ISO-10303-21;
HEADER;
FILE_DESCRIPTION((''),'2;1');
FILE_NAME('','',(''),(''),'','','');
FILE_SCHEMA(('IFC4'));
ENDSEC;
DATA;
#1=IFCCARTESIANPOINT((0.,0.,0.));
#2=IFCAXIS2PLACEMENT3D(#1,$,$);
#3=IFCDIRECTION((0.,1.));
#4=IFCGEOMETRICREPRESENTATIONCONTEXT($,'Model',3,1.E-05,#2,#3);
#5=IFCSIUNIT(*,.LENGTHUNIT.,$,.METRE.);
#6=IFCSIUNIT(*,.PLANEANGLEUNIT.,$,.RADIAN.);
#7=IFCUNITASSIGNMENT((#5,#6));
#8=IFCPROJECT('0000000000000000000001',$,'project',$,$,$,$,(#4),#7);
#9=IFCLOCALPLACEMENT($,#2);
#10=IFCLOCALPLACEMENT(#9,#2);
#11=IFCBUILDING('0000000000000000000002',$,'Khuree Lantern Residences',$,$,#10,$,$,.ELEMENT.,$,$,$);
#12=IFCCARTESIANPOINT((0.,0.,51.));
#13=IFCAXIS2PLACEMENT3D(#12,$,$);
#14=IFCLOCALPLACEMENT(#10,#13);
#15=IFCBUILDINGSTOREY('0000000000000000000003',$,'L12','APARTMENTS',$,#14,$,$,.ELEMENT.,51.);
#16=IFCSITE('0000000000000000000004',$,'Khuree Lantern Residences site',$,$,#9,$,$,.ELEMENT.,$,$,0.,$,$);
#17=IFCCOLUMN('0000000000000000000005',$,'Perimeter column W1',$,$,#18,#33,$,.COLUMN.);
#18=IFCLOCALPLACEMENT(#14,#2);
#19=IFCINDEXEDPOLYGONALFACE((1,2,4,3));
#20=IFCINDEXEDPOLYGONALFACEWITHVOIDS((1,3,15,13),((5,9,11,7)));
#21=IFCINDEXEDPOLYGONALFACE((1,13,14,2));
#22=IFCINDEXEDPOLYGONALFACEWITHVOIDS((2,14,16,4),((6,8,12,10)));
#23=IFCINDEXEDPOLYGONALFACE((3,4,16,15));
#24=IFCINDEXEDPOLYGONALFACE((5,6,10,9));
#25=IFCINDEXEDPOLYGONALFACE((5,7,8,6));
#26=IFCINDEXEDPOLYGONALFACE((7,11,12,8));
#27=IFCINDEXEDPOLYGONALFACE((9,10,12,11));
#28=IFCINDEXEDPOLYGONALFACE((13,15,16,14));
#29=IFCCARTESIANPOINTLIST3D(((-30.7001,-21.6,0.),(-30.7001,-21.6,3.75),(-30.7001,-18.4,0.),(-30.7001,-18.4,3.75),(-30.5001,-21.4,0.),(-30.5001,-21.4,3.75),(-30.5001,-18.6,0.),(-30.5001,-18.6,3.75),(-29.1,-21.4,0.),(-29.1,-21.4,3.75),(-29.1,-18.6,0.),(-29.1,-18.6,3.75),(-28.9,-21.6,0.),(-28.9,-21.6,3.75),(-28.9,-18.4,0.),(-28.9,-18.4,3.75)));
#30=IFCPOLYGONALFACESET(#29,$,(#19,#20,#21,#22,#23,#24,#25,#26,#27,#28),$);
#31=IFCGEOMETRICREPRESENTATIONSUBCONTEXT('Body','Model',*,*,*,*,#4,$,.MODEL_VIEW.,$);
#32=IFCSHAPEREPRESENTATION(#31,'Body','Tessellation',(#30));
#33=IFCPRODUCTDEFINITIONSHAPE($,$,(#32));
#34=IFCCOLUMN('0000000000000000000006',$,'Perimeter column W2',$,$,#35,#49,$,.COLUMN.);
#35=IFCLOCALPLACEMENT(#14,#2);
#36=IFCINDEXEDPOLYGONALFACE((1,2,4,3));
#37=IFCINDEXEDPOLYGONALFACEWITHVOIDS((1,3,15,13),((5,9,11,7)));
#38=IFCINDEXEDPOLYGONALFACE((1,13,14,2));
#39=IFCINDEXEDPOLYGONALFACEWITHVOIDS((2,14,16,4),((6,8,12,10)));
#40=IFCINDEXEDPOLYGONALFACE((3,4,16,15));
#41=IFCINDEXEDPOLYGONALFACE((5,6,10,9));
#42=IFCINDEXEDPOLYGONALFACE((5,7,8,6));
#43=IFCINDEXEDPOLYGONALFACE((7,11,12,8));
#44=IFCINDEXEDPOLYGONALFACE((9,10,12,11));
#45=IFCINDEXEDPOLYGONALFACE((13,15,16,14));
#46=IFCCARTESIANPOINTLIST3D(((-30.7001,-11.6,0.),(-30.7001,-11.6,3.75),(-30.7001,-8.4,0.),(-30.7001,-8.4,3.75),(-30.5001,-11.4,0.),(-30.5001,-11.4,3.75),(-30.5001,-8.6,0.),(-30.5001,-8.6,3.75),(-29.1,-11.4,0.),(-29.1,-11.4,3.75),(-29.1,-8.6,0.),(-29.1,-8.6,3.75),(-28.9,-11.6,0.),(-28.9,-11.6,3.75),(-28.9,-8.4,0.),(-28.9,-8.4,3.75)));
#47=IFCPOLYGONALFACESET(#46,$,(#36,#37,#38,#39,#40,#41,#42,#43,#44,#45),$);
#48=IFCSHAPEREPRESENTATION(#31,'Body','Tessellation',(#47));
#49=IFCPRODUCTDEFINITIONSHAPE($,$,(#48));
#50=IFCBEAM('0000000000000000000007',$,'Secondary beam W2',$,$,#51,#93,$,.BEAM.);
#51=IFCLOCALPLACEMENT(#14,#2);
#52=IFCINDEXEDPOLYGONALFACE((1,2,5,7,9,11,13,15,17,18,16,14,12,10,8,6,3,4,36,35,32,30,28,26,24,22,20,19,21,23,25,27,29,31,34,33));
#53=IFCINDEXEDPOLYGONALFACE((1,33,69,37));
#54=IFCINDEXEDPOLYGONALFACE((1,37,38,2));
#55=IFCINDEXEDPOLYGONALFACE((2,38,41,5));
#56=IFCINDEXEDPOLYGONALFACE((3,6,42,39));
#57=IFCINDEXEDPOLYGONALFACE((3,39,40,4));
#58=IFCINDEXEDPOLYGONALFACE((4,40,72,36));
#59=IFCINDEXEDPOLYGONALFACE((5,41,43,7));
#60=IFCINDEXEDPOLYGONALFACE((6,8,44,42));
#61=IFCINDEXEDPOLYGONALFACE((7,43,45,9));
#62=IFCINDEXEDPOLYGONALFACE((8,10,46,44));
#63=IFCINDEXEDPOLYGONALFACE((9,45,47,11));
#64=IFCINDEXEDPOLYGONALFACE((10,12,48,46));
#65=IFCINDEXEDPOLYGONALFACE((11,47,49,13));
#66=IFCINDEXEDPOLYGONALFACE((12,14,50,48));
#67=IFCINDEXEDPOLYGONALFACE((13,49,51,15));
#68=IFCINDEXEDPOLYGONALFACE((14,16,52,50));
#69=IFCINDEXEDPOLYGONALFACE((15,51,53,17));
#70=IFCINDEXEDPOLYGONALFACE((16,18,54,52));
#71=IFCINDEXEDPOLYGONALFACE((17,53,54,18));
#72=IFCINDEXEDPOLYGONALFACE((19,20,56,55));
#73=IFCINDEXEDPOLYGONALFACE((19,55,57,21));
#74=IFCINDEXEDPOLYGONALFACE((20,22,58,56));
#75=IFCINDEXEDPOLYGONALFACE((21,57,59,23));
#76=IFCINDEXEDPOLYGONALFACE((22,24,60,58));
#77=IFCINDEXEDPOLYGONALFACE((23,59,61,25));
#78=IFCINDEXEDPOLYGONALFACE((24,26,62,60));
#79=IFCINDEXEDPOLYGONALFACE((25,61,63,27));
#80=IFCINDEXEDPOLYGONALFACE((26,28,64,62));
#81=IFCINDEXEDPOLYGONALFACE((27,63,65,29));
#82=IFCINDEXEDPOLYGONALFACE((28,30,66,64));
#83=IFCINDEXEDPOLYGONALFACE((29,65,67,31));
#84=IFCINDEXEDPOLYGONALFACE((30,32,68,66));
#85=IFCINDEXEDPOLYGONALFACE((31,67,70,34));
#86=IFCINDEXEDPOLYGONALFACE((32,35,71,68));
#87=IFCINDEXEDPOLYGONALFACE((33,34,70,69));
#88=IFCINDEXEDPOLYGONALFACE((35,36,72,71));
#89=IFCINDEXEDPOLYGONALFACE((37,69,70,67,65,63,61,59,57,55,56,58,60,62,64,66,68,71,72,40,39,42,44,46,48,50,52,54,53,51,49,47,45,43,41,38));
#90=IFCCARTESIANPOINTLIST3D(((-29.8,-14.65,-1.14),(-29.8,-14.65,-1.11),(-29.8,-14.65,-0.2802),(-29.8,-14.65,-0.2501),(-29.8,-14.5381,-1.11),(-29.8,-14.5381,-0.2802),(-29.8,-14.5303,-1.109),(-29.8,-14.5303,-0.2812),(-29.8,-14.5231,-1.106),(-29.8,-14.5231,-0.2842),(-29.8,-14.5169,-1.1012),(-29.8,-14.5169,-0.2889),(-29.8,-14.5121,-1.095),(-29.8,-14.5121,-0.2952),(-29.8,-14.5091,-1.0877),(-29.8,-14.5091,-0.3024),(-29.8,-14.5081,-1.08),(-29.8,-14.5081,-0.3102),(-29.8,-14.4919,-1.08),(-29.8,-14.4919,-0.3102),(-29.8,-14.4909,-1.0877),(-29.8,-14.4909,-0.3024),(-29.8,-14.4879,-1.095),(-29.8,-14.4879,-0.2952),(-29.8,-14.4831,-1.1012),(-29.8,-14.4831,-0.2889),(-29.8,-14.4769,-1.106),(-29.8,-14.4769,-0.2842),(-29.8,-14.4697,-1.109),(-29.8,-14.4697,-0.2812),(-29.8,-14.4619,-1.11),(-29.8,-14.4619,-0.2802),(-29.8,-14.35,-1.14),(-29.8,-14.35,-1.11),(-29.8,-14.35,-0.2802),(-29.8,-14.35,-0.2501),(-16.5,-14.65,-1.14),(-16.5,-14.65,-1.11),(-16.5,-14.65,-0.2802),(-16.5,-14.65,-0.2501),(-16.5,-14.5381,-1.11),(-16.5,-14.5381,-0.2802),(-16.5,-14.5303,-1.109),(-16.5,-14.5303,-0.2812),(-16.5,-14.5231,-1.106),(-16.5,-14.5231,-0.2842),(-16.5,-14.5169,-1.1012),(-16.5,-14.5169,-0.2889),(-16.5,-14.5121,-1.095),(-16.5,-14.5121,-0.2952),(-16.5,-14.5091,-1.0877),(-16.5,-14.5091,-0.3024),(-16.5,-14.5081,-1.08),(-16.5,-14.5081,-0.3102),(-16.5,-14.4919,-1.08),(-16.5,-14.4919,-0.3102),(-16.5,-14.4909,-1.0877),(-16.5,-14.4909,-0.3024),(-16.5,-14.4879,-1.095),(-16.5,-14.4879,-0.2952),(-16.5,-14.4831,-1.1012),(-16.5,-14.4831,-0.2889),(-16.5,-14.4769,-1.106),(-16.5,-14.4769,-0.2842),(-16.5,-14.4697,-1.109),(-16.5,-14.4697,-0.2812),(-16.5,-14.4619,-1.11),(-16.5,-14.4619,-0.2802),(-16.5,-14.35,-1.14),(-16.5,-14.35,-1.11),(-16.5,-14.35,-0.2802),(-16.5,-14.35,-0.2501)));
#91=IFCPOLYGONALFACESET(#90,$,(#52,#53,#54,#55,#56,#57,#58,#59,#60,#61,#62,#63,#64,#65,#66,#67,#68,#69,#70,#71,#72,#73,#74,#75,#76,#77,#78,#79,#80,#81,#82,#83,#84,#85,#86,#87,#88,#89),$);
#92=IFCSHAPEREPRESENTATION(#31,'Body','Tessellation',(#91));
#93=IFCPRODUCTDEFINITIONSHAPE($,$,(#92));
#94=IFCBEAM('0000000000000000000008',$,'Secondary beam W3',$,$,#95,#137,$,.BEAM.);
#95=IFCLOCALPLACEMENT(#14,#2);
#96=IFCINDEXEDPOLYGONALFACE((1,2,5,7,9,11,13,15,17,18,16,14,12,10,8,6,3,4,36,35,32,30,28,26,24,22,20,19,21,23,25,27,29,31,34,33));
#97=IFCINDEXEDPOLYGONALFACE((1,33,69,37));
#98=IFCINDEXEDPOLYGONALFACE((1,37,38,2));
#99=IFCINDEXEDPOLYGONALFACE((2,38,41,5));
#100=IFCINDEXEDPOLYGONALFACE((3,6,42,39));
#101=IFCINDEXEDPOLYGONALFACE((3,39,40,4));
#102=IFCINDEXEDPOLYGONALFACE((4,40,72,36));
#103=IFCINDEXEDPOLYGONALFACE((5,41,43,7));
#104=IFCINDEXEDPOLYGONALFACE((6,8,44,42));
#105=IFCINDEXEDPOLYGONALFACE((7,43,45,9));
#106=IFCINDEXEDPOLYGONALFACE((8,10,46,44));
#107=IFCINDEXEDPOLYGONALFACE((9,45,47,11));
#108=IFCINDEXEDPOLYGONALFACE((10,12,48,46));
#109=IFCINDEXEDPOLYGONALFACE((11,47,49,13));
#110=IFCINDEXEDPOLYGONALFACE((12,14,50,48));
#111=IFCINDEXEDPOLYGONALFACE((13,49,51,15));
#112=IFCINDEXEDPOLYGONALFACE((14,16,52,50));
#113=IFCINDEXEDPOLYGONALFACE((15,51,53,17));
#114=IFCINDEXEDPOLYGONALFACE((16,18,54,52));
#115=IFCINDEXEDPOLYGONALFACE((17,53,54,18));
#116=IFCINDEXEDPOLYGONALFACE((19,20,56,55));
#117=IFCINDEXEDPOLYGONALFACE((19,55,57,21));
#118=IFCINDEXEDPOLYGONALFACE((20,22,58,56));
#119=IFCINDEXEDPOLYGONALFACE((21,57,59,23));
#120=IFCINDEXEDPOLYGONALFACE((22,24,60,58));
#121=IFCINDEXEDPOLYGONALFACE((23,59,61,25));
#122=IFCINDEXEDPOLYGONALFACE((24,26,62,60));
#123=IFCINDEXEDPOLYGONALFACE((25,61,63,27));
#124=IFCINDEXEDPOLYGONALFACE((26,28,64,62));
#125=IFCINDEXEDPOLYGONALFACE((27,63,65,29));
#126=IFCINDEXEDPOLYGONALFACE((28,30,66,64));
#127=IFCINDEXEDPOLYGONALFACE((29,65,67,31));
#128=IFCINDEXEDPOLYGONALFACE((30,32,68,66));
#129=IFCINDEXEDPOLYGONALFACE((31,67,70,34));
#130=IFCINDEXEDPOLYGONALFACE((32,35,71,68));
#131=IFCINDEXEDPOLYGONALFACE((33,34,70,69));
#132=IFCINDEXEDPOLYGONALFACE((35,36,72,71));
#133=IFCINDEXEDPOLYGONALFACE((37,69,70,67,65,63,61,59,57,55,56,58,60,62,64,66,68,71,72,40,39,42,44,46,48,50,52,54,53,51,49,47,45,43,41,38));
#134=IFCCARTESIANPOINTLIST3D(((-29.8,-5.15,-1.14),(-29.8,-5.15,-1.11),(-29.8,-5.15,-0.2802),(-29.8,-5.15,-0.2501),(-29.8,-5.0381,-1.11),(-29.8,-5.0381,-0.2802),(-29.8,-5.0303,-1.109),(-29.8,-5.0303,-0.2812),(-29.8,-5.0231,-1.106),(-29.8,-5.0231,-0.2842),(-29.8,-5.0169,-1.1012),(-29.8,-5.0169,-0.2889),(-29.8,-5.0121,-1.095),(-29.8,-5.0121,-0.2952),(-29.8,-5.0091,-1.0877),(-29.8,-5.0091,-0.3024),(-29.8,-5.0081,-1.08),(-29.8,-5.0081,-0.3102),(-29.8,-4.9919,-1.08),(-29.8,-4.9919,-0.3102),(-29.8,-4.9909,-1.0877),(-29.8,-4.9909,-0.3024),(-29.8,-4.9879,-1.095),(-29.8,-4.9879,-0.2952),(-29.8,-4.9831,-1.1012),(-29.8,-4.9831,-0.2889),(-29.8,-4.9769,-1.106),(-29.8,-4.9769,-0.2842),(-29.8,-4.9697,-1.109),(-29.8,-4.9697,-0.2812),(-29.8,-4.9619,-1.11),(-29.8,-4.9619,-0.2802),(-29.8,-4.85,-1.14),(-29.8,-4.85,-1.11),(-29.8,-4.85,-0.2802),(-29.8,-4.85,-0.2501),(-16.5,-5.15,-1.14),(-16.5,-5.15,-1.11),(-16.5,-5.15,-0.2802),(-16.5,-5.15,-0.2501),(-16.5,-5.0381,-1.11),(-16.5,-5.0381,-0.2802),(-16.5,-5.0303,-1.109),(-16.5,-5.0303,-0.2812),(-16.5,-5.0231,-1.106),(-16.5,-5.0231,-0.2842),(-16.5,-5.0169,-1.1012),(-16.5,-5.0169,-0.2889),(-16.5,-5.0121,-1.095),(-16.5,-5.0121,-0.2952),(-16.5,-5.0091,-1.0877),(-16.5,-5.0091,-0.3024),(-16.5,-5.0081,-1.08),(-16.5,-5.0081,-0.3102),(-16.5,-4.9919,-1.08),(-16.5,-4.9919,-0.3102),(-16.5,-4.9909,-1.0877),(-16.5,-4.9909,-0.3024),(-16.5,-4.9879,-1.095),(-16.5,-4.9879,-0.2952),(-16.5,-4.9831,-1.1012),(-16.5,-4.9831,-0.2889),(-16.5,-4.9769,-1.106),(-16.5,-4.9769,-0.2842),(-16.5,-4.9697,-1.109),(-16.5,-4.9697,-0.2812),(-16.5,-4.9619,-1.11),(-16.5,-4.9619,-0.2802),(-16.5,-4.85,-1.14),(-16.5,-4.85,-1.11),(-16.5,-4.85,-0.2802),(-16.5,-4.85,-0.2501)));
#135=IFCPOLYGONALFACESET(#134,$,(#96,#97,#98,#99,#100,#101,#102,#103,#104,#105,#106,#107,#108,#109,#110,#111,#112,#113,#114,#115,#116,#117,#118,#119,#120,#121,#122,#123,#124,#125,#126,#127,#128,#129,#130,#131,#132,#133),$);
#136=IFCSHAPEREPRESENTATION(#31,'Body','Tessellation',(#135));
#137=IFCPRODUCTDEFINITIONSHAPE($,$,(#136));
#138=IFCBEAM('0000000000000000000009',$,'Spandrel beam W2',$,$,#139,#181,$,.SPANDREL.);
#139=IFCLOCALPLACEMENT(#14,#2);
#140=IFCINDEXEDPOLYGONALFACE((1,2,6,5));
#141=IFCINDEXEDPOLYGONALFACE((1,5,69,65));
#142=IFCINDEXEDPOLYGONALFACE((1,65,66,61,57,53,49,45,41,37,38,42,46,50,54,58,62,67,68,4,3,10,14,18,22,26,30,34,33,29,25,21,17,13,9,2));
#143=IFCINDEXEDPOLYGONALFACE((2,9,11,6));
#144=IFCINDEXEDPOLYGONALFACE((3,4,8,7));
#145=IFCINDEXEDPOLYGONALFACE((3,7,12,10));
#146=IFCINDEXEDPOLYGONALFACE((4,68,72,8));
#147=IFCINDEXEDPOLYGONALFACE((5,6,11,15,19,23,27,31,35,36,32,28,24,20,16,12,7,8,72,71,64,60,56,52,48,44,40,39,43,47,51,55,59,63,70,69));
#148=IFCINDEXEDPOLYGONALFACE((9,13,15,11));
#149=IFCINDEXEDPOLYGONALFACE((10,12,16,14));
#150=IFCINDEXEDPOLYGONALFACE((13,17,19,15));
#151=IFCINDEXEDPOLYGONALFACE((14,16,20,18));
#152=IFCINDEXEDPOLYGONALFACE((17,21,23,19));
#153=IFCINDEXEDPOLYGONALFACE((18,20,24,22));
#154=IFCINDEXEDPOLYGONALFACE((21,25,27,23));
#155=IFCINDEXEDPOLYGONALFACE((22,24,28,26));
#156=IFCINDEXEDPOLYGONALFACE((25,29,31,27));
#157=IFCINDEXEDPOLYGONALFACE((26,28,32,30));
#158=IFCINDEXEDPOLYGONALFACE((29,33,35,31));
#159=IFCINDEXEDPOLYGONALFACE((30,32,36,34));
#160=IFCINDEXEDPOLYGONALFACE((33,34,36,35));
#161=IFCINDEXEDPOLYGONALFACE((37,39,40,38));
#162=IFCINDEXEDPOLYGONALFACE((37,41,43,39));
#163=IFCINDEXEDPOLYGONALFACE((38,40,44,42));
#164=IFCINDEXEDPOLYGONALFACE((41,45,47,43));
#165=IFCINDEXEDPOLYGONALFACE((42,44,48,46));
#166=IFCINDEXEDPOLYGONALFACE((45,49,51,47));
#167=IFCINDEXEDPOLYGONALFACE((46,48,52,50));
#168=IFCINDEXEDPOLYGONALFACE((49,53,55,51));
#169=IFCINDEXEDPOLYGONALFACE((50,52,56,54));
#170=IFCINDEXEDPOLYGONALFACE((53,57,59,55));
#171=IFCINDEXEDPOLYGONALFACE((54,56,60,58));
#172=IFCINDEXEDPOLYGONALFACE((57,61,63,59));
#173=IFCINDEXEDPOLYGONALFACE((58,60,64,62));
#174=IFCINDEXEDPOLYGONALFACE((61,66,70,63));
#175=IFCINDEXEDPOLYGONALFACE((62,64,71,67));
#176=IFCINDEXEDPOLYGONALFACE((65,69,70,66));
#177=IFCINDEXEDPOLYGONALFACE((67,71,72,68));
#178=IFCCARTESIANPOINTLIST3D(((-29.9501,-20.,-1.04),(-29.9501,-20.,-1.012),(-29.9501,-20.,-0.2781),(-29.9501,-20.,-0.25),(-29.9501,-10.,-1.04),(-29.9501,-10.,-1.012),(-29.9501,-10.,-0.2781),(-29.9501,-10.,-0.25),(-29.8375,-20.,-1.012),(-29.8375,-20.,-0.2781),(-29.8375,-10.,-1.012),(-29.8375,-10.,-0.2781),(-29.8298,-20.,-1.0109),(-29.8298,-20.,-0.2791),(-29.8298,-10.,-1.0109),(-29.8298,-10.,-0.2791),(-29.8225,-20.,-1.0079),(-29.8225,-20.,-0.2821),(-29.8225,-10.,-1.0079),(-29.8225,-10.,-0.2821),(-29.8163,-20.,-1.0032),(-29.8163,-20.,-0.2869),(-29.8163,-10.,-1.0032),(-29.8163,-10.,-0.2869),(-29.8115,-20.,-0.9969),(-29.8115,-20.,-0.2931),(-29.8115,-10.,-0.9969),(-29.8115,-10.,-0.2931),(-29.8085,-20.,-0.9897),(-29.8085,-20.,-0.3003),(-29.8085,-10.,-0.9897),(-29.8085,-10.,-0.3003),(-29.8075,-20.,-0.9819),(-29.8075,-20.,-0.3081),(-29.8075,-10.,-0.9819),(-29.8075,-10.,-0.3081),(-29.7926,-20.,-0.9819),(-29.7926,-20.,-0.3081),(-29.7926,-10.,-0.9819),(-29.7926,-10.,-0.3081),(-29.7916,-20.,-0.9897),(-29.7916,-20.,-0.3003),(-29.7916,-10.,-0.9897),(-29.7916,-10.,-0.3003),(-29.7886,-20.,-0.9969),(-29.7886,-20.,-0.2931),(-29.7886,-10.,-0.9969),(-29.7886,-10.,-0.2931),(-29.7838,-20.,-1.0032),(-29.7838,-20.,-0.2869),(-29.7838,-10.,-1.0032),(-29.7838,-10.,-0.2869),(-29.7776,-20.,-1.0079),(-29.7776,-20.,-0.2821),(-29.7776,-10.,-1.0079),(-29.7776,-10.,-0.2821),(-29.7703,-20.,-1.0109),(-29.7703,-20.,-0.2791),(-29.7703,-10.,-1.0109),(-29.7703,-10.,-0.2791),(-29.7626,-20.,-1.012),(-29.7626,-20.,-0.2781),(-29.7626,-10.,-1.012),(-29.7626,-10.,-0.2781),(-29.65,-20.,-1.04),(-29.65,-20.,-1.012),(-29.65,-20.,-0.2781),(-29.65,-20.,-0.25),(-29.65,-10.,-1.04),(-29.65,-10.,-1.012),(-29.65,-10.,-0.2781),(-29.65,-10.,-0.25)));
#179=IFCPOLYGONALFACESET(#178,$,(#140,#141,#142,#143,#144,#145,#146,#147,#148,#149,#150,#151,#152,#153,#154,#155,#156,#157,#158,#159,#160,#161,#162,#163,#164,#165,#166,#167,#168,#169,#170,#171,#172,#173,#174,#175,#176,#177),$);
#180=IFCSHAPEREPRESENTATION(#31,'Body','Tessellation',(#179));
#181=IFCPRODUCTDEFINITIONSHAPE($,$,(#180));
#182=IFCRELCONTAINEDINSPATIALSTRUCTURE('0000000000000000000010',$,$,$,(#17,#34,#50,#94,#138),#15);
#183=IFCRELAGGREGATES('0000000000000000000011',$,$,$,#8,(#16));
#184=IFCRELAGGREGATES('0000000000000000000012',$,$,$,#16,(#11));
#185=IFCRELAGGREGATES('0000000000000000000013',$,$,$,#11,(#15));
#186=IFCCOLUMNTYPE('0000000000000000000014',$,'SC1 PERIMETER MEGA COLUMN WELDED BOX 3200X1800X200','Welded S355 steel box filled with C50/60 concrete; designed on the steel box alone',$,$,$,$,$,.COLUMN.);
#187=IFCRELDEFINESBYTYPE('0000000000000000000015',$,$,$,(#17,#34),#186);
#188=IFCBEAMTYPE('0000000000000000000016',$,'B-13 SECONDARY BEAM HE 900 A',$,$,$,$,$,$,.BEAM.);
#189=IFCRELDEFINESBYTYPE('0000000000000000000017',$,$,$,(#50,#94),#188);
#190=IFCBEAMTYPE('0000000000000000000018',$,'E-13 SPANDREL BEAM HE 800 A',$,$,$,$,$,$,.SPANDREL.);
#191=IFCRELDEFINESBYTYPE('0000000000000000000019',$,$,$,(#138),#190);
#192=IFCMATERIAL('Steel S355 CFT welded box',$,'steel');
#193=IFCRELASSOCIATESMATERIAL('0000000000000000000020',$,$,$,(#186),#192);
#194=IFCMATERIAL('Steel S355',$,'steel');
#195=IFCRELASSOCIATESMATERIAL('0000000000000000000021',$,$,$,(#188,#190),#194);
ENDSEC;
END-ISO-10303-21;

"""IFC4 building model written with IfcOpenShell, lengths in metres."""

from ifc_helpers import new_model, si_unit, direction, frame, origin, origin_2d, place, context, subcontext, project, spatial, hollow_rectangle, i_section, extrude, material, material_profile, profile_set, type_object, element, save


model = new_model("IFC4")

# Units and contexts
model_context = context("Model", 3, precision=1e-05, world=origin(), true_north=direction((0.0, 1.0)))
body_context = subcontext(model_context, "Body", "Model", "MODEL_VIEW")
ifc_project = project(units=[si_unit("LENGTHUNIT", "METRE"), si_unit("PLANEANGLEUNIT", "RADIAN")], contexts=[model_context])

# Site, building, storey
site_placement = place(None, origin())
site = spatial("IfcSite", under=ifc_project, at=site_placement, Name="Khuree Lantern Residences site", CompositionType="ELEMENT", RefElevation=0.0)
building_placement = place(site_placement, origin())
building = spatial("IfcBuilding", under=site, at=building_placement, Name="Khuree Lantern Residences", CompositionType="ELEMENT")
storey_placement = place(building_placement, frame((0.0, 0.0, 51.0)))
storey = spatial("IfcBuildingStorey", under=building, at=storey_placement, Name="L12", Description="APARTMENTS", CompositionType="ELEMENT", Elevation=51.0)

# Columns
ifc_material_1 = material(Name="Steel S355 CFT welded box", Category="steel")
ifc_material_profile_1 = material_profile(ifc_material_1, hollow_rectangle(XDim=3.2, YDim=1.8, WallThickness=0.2, at=origin_2d()), Name="WELDED BOX 3200X1800X200")
ifc_profile_set_1 = profile_set([ifc_material_profile_1], Name="Steel S355 CFT welded box")
column_type = type_object("IfcColumnType", Name="SC1 PERIMETER MEGA COLUMN WELDED BOX 3200X1800X200", Description="Welded S355 steel box filled with C50/60 concrete; designed on the steel box alone", PredefinedType="COLUMN", material=ifc_profile_set_1)
for number, where, z_axis, x_axis, name in (
    (1, (-29.8, -20.0, 0.0), (0.0, 0.0, 1.0), (0.0, 1.0, 0.0), "Perimeter column W1"),
    (2, (-29.8, -10.0, 0.0), (0.0, 0.0, 1.0), (0.0, 1.0, 0.0), "Perimeter column W2"),
):
    element("IfcColumn", number, at=place(storey_placement, frame(where, z_axis=z_axis, x_axis=x_axis)), inside=storey, type_object=column_type, Name=name, PredefinedType="COLUMN", context=body_context, shape_type="SweptSolid", body=[
        extrude(hollow_rectangle(XDim=3.2, YDim=1.8, WallThickness=0.2, at=origin_2d()), origin(), (0.0, 0.0, 1.0), 3.75),
    ])

# Beams
ifc_material_2 = material(Name="Steel S355", Category="steel")
ifc_material_profile_2 = material_profile(ifc_material_2, i_section(OverallWidth=0.3, OverallDepth=0.8899, WebThickness=0.0161, FlangeThickness=0.03, FilletRadius=0.03, at=origin_2d()), Name="HE 900 A")
ifc_profile_set_2 = profile_set([ifc_material_profile_2], Name="Steel S355")
beam_type_1 = type_object("IfcBeamType", Name="B-13 SECONDARY BEAM HE 900 A", PredefinedType="BEAM", material=ifc_profile_set_2)
for number, where, z_axis, x_axis, name in (
    (3, (-29.8, -14.5, -0.6951), (1.0, 0.0, 0.0), (0.0, 1.0, 0.0), "Secondary beam W2"),
    (4, (-29.8, -5.0, -0.6951), (1.0, 0.0, 0.0), (0.0, 1.0, 0.0), "Secondary beam W3"),
):
    element("IfcBeam", number, at=place(storey_placement, frame(where, z_axis=z_axis, x_axis=x_axis)), inside=storey, type_object=beam_type_1, Name=name, PredefinedType="BEAM", context=body_context, shape_type="SweptSolid", body=[
        extrude(i_section(OverallWidth=0.3, OverallDepth=0.8899, WebThickness=0.0161, FlangeThickness=0.03, FilletRadius=0.03, at=origin_2d()), origin(), (0.0, 0.0, 1.0), 13.3),
    ])
ifc_material_profile_3 = material_profile(ifc_material_2, i_section(OverallWidth=0.3, OverallDepth=0.79, WebThickness=0.0149, FlangeThickness=0.0281, FilletRadius=0.03, at=origin_2d()), Name="HE 800 A")
ifc_profile_set_3 = profile_set([ifc_material_profile_3], Name="Steel S355")
beam_type_2 = type_object("IfcBeamType", Name="E-13 SPANDREL BEAM HE 800 A", PredefinedType="SPANDREL", material=ifc_profile_set_3)
for number, where, z_axis, x_axis, name in (
    (5, (-29.8, -20.0, -0.645), (0.0, 1.0, 0.0), (-1.0, 0.0, 0.0), "Spandrel beam W2"),
):
    element("IfcBeam", number, at=place(storey_placement, frame(where, z_axis=z_axis, x_axis=x_axis)), inside=storey, type_object=beam_type_2, Name=name, PredefinedType="SPANDREL", context=body_context, shape_type="SweptSolid", body=[
        extrude(i_section(OverallWidth=0.3, OverallDepth=0.79, WebThickness=0.0149, FlangeThickness=0.0281, FilletRadius=0.03, at=origin_2d()), origin(), (0.0, 0.0, 1.0), 10.0),
    ])

save(model, "model.ifc")
